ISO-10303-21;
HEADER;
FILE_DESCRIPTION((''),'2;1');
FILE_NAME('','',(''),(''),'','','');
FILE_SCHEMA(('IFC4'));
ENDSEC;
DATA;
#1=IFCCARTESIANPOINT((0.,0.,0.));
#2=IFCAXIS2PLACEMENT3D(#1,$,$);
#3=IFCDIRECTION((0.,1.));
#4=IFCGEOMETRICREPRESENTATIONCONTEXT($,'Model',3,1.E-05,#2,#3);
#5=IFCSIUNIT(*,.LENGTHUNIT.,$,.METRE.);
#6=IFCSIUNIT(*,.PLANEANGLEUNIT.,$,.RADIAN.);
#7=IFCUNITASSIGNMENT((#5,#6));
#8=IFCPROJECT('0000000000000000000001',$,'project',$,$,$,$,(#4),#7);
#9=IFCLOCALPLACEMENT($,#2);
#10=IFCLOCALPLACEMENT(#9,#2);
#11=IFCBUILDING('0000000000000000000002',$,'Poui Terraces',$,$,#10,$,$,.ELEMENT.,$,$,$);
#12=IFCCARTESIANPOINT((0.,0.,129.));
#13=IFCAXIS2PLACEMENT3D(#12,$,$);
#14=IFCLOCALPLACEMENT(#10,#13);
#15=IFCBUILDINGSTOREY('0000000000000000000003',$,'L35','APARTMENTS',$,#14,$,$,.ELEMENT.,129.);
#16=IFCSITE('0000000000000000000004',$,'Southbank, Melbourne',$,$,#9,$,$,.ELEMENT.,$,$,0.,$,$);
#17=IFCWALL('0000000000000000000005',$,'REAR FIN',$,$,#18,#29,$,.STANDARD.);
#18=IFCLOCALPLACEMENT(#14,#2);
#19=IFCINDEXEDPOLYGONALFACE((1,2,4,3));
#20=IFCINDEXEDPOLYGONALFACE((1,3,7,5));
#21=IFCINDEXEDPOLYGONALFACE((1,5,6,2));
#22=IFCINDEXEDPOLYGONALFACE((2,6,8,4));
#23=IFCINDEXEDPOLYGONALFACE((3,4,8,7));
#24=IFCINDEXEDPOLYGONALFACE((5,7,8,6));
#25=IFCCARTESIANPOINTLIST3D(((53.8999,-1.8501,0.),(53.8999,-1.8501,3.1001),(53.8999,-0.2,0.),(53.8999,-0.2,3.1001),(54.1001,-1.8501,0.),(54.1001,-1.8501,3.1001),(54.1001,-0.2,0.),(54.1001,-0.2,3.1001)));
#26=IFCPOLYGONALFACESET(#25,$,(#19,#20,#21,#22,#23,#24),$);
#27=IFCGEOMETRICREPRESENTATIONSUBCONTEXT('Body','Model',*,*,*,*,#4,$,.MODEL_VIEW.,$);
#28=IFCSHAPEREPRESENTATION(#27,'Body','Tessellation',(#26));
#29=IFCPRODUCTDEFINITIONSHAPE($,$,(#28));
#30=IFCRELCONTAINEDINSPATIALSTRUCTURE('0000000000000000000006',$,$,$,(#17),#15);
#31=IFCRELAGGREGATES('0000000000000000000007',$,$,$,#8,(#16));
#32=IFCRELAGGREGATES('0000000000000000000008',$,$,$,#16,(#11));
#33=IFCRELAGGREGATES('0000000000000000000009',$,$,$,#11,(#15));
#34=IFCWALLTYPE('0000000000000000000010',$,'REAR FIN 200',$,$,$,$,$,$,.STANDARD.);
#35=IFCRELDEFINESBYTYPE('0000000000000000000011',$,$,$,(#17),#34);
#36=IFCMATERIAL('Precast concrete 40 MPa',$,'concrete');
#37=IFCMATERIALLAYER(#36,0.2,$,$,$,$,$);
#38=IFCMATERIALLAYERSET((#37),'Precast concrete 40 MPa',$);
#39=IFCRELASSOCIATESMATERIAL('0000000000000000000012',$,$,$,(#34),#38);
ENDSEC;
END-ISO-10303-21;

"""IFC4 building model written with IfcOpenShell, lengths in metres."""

from ifc_helpers import new_model, si_unit, direction, frame, origin, place, context, subcontext, project, spatial, polyline, outline, extrude, source, transform, mapped, material, layer, layer_set, type_object, element, save


model = new_model("IFC4")

# Units and contexts
model_context = context("Model", 3, precision=1e-05, world=origin(), true_north=direction((0.0, 1.0)))
body_context = subcontext(model_context, "Body", "Model", "MODEL_VIEW")
ifc_project = project(units=[si_unit("LENGTHUNIT", "METRE"), si_unit("PLANEANGLEUNIT", "RADIAN")], contexts=[model_context])

# Site, building, storey
site_placement = place(None, origin())
site = spatial("IfcSite", under=ifc_project, at=site_placement, Name="Southbank, Melbourne", CompositionType="ELEMENT", RefElevation=0.0)
building_placement = place(site_placement, origin())
building = spatial("IfcBuilding", under=site, at=building_placement, Name="Poui Terraces", CompositionType="ELEMENT")
storey_placement = place(building_placement, frame((0.0, 0.0, 129.0)))
storey = spatial("IfcBuildingStorey", under=building, at=storey_placement, Name="L35", Description="APARTMENTS", CompositionType="ELEMENT", Elevation=129.0)

# Shared definitions
ifc_material_1 = material(Name="Precast concrete 40 MPa", Category="concrete")

# Wall
ifc_layer_1 = layer(ifc_material_1, 0.2)
ifc_layer_set_1 = layer_set([ifc_layer_1], Name="Precast concrete 40 MPa")
wall_type_1 = type_object("IfcWallType", Name="REAR FIN 200", PredefinedType="STANDARD", material=ifc_layer_set_1)
shared_shape_1 = source(origin(), body_context, "Body", "SweptSolid", [
    extrude(outline(polyline([(0.0, 0.0), (0.2002, 0.0), (0.2002, 1.6501), (0.0, 1.6501), (0.0, 0.0)])), origin(), (0.0, 0.0, 1.0), 3.1001),
])
wall_1_placement = place(storey_placement, frame((53.8999, -1.8501, 0.0)))
element("IfcWall", 1, at=wall_1_placement, inside=storey, type_object=wall_type_1, Name="REAR FIN", PredefinedType="STANDARD", context=body_context, shape_type="MappedRepresentation", body=[
    mapped(shared_shape_1, transform((0.0, 0.0, 0.0))),
])

save(model, "model.ifc")
